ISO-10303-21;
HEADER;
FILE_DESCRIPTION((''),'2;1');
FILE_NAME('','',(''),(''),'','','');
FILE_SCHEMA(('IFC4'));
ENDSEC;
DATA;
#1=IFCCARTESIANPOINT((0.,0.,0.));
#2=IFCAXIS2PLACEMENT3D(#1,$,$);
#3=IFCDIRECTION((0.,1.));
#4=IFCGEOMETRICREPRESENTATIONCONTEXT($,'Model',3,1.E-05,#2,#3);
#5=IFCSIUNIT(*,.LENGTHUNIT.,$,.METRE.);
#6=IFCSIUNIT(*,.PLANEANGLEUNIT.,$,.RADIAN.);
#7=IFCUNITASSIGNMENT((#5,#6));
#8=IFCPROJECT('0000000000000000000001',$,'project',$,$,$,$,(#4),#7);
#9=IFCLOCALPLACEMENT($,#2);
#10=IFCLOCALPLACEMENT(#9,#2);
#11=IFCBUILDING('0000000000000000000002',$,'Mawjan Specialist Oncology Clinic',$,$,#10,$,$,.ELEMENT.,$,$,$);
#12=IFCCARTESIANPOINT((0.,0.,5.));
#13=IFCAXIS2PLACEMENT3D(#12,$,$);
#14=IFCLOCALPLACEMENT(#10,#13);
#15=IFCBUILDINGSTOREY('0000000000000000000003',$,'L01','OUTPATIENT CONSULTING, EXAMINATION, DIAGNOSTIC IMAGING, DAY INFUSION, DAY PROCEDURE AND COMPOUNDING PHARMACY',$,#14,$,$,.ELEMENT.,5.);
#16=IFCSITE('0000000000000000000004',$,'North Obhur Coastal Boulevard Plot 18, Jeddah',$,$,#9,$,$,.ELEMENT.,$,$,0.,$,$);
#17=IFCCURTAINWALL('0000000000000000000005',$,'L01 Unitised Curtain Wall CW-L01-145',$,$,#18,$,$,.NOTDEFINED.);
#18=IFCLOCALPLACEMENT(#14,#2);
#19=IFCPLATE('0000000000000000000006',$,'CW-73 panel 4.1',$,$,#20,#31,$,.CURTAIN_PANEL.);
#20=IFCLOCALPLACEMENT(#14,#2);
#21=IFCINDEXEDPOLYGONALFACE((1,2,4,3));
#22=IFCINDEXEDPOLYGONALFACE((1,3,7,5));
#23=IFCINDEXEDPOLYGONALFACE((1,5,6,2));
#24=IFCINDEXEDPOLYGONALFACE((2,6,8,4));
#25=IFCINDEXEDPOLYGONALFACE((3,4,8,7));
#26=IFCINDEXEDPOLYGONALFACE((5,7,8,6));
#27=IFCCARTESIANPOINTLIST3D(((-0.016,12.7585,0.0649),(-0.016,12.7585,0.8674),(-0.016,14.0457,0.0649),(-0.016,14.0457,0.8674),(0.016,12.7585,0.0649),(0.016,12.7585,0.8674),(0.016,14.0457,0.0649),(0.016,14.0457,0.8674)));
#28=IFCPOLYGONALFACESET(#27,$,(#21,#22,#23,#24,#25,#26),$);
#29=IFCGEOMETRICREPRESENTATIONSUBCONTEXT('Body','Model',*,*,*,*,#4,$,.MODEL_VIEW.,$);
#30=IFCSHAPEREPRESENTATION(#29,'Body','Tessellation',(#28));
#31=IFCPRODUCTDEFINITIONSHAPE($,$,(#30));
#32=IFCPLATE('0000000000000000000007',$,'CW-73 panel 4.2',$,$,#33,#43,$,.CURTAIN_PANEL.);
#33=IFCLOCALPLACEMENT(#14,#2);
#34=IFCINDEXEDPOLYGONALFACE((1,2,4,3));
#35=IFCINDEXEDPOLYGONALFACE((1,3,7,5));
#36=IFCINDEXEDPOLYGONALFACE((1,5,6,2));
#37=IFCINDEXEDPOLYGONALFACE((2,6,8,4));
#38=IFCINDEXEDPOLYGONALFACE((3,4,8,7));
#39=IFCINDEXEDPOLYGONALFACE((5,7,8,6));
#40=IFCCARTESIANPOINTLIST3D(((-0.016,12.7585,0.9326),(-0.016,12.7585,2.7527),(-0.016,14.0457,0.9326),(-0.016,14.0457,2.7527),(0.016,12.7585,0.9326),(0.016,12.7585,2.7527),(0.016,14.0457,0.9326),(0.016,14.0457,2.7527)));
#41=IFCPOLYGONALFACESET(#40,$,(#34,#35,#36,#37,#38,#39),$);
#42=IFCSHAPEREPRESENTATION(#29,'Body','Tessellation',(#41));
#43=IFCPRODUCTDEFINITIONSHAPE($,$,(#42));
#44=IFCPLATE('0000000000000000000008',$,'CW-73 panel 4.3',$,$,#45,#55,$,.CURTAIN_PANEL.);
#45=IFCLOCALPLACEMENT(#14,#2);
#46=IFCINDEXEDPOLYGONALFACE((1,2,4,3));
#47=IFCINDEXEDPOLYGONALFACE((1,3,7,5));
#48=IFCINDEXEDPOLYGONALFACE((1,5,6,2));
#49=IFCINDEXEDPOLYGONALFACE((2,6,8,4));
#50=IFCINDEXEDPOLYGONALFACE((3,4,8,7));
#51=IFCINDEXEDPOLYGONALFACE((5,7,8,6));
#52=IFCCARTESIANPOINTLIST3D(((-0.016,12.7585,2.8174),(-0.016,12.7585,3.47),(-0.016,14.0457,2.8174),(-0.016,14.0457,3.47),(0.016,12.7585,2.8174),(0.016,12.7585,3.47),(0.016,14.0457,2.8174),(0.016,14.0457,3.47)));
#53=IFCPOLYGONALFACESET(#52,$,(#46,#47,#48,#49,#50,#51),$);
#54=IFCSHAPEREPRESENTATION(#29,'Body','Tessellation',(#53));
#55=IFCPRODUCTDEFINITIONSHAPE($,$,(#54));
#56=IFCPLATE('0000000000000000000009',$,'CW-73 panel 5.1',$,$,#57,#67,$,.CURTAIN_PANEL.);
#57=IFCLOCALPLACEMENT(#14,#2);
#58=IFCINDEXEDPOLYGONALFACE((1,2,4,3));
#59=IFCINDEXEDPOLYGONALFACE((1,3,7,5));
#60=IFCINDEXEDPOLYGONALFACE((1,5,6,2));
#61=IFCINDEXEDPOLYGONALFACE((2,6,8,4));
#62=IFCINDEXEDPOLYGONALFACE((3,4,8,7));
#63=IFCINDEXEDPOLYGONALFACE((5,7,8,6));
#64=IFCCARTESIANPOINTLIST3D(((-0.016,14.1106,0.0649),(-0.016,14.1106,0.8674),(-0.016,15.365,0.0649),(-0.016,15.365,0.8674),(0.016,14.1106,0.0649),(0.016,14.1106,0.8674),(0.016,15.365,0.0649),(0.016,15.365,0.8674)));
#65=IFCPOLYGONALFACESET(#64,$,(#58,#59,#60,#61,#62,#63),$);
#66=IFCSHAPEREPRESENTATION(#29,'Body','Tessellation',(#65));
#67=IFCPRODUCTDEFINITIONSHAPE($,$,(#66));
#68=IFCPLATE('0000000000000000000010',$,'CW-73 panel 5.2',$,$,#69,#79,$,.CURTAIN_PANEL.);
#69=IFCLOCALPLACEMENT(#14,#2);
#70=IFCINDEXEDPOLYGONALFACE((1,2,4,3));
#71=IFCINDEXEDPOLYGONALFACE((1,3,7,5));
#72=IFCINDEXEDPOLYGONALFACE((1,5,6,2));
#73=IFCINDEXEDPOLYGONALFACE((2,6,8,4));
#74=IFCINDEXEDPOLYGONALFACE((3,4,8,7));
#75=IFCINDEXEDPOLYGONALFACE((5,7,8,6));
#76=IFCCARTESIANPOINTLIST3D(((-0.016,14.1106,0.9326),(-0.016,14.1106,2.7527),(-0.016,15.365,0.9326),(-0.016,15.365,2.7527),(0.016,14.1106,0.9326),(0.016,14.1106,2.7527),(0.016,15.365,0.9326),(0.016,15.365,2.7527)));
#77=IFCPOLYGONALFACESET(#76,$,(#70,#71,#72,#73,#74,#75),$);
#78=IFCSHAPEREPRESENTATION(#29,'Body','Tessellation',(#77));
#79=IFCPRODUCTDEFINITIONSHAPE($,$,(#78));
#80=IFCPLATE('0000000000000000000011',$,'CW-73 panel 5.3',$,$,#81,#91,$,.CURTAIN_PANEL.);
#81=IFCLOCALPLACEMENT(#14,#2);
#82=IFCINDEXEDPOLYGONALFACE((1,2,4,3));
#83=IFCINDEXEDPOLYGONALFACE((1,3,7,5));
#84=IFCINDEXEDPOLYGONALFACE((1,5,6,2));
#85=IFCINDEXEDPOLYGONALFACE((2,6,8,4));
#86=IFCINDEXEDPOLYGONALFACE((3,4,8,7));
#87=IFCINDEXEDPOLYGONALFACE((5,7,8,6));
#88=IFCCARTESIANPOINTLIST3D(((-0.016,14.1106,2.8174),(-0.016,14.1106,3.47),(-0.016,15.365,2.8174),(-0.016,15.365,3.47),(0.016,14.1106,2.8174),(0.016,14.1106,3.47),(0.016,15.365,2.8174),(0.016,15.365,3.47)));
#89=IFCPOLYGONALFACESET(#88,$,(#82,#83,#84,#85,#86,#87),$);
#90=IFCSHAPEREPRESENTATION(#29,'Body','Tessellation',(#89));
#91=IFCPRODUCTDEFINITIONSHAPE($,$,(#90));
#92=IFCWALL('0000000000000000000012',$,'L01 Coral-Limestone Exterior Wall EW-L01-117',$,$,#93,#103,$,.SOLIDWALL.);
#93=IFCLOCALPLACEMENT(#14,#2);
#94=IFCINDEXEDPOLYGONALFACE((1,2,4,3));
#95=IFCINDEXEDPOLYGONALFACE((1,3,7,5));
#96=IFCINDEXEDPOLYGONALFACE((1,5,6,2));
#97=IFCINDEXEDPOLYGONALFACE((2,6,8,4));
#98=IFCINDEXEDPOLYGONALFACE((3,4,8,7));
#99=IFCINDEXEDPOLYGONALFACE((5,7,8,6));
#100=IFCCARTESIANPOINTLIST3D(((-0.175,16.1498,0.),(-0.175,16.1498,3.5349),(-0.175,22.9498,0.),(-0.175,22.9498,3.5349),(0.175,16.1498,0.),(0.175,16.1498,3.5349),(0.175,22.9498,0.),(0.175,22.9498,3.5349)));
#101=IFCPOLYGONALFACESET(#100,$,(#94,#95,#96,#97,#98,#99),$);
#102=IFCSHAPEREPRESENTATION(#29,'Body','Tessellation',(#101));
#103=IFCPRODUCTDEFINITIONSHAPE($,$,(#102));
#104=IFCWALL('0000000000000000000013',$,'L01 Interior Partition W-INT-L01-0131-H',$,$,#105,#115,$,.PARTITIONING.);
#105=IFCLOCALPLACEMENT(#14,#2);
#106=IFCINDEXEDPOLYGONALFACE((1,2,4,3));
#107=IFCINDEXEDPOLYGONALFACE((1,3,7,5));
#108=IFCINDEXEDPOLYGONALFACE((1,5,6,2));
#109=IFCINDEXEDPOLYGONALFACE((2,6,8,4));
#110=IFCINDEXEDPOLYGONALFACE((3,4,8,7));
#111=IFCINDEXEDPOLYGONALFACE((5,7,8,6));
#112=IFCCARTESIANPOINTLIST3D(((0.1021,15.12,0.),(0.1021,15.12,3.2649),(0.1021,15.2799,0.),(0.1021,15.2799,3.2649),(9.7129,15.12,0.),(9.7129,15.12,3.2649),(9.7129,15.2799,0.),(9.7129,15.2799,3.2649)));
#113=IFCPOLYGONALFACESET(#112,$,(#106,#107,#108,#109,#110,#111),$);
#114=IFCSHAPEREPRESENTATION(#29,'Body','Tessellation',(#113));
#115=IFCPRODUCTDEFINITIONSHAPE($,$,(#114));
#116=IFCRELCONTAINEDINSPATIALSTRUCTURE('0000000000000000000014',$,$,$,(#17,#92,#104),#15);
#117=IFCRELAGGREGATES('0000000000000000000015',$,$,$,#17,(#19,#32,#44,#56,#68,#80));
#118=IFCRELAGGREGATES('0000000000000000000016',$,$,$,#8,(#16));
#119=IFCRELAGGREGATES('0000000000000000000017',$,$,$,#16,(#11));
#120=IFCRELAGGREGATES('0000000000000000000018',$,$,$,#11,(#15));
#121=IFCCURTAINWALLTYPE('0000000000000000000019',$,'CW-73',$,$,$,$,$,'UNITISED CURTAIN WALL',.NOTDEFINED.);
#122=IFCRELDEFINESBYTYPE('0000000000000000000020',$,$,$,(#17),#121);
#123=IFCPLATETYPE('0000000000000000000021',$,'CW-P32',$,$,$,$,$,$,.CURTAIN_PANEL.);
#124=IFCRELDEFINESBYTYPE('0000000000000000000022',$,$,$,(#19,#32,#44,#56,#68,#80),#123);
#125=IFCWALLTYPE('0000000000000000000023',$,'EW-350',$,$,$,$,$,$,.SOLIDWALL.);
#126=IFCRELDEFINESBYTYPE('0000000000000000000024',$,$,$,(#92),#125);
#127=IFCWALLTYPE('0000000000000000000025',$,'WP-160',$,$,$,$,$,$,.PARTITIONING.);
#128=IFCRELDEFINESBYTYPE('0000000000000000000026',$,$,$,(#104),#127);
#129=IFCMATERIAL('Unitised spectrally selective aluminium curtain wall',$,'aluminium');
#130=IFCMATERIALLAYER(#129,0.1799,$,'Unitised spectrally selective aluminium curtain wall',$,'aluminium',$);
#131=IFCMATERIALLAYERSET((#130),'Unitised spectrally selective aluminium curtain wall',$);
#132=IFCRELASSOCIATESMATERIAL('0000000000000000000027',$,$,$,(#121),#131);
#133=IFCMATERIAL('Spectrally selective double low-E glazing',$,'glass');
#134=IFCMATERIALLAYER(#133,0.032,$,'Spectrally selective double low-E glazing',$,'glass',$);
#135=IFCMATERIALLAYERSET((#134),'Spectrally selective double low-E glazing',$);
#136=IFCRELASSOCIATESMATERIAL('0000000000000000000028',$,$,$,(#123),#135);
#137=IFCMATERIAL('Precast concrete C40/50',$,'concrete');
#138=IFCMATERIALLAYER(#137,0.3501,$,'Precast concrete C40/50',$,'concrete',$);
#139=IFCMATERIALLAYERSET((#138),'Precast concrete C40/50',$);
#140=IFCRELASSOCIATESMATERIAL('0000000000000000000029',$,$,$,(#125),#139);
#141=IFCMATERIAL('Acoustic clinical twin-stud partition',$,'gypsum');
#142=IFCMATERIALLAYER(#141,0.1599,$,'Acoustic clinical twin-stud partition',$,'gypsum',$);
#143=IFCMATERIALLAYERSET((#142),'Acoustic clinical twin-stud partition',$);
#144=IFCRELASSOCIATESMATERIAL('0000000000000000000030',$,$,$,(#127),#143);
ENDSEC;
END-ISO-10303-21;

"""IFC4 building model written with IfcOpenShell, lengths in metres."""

from ifc_helpers import new_model, si_unit, direction, frame, frame_2d, origin, origin_2d, place, context, subcontext, project, spatial, rectangle, extrude, material, layer, layer_set, type_object, element, aggregate, save


model = new_model("IFC4")

# Units and contexts
model_context = context("Model", 3, precision=1e-05, world=origin(), true_north=direction((0.0, 1.0)))
body_context = subcontext(model_context, "Body", "Model", "MODEL_VIEW")
ifc_project = project(units=[si_unit("LENGTHUNIT", "METRE"), si_unit("PLANEANGLEUNIT", "RADIAN")], contexts=[model_context])

# Site, building, storey
site_placement = place(None, origin())
site = spatial("IfcSite", under=ifc_project, at=site_placement, Name="North Obhur Coastal Boulevard Plot 18, Jeddah", CompositionType="ELEMENT", RefElevation=0.0)
building_placement = place(site_placement, origin())
building = spatial("IfcBuilding", under=site, at=building_placement, Name="Mawjan Specialist Oncology Clinic", CompositionType="ELEMENT")
storey_placement = place(building_placement, frame((0.0, 0.0, 5.0)))
storey = spatial("IfcBuildingStorey", under=building, at=storey_placement, Name="L01", Description="OUTPATIENT CONSULTING, EXAMINATION, DIAGNOSTIC IMAGING, DAY INFUSION, DAY PROCEDURE AND COMPOUNDING PHARMACY", CompositionType="ELEMENT", Elevation=5.0)

# Curtain wall
ifc_material_1 = material(Name="Unitised spectrally selective aluminium curtain wall", Category="aluminium")
ifc_layer_1 = layer(ifc_material_1, 0.1799, Name="Unitised spectrally selective aluminium curtain wall", Category="aluminium")
ifc_layer_set_1 = layer_set([ifc_layer_1], Name="Unitised spectrally selective aluminium curtain wall")
curtain_wall_type = type_object("IfcCurtainWallType", Name="CW-73", ElementType="UNITISED CURTAIN WALL", PredefinedType="NOTDEFINED", material=ifc_layer_set_1)
curtain_wall_placement = place(storey_placement, origin())
curtain_wall = element("IfcCurtainWall", 1, at=curtain_wall_placement, inside=storey, type_object=curtain_wall_type, Name="L01 Unitised Curtain Wall CW-L01-145", PredefinedType="NOTDEFINED")

# Plates
ifc_material_2 = material(Name="Spectrally selective double low-E glazing", Category="glass")
ifc_layer_2 = layer(ifc_material_2, 0.032, Name="Spectrally selective double low-E glazing", Category="glass")
ifc_layer_set_2 = layer_set([ifc_layer_2], Name="Spectrally selective double low-E glazing")
plate_type = type_object("IfcPlateType", Name="CW-P32", PredefinedType="CURTAIN_PANEL", material=ifc_layer_set_2)
plate_1_placement = place(storey_placement, frame((0.0, 13.4021, 0.0649), z_axis=(0.0, 0.0, 1.0), x_axis=(0.0, 1.0, 0.0)))
plate_1 = element("IfcPlate", 2, at=plate_1_placement, type_object=plate_type, Name="CW-73 panel 4.1", PredefinedType="CURTAIN_PANEL", context=body_context, shape_type="SweptSolid", body=[
    extrude(rectangle(XDim=1.2871, YDim=0.032, at=origin_2d()), origin(), (0.0, 0.0, 1.0), 0.8025),
])
plate_2_placement = place(storey_placement, frame((0.0, 13.4021, 0.9326), z_axis=(0.0, 0.0, 1.0), x_axis=(0.0, 1.0, 0.0)))
plate_2 = element("IfcPlate", 3, at=plate_2_placement, type_object=plate_type, Name="CW-73 panel 4.2", PredefinedType="CURTAIN_PANEL", context=body_context, shape_type="SweptSolid", body=[
    extrude(rectangle(XDim=1.2871, YDim=0.032, at=origin_2d()), origin(), (0.0, 0.0, 1.0), 1.8201),
])
plate_3_placement = place(storey_placement, frame((0.0, 13.4021, 2.8174), z_axis=(0.0, 0.0, 1.0), x_axis=(0.0, 1.0, 0.0)))
plate_3 = element("IfcPlate", 4, at=plate_3_placement, type_object=plate_type, Name="CW-73 panel 4.3", PredefinedType="CURTAIN_PANEL", context=body_context, shape_type="SweptSolid", body=[
    extrude(rectangle(XDim=1.2871, YDim=0.032, at=origin_2d()), origin(), (0.0, 0.0, 1.0), 0.6526),
])
plate_4_placement = place(storey_placement, frame((0.0, 14.7378, 0.0649), z_axis=(0.0, 0.0, 1.0), x_axis=(0.0, 1.0, 0.0)))
plate_4 = element("IfcPlate", 5, at=plate_4_placement, type_object=plate_type, Name="CW-73 panel 5.1", PredefinedType="CURTAIN_PANEL", context=body_context, shape_type="SweptSolid", body=[
    extrude(rectangle(XDim=1.2544, YDim=0.032, at=origin_2d()), origin(), (0.0, 0.0, 1.0), 0.8025),
])
plate_5_placement = place(storey_placement, frame((0.0, 14.7378, 0.9326), z_axis=(0.0, 0.0, 1.0), x_axis=(0.0, 1.0, 0.0)))
plate_5 = element("IfcPlate", 6, at=plate_5_placement, type_object=plate_type, Name="CW-73 panel 5.2", PredefinedType="CURTAIN_PANEL", context=body_context, shape_type="SweptSolid", body=[
    extrude(rectangle(XDim=1.2544, YDim=0.032, at=origin_2d()), origin(), (0.0, 0.0, 1.0), 1.8201),
])
plate_6_placement = place(storey_placement, frame((0.0, 14.7378, 2.8174), z_axis=(0.0, 0.0, 1.0), x_axis=(0.0, 1.0, 0.0)))
plate_6 = element("IfcPlate", 7, at=plate_6_placement, type_object=plate_type, Name="CW-73 panel 5.3", PredefinedType="CURTAIN_PANEL", context=body_context, shape_type="SweptSolid", body=[
    extrude(rectangle(XDim=1.2544, YDim=0.032, at=origin_2d()), origin(), (0.0, 0.0, 1.0), 0.6526),
])
aggregate(curtain_wall, [plate_1, plate_2, plate_3, plate_4, plate_5, plate_6])

# Walls
ifc_material_3 = material(Name="Precast concrete C40/50", Category="concrete")
ifc_layer_3 = layer(ifc_material_3, 0.3501, Name="Precast concrete C40/50", Category="concrete")
ifc_layer_set_3 = layer_set([ifc_layer_3], Name="Precast concrete C40/50")
wall_type_1 = type_object("IfcWallType", Name="EW-350", PredefinedType="SOLIDWALL", material=ifc_layer_set_3)
wall_1_placement = place(storey_placement, frame((0.0, 16.1499, 0.0), z_axis=(0.0, 0.0, 1.0), x_axis=(0.0, 1.0, 0.0)))
element("IfcWall", 8, at=wall_1_placement, inside=storey, type_object=wall_type_1, Name="L01 Coral-Limestone Exterior Wall EW-L01-117", PredefinedType="SOLIDWALL", context=body_context, shape_type="SweptSolid", body=[
    extrude(rectangle(XDim=6.8, YDim=0.3501, at=frame_2d((3.3999, 0.0))), origin(), (0.0, 0.0, 1.0), 3.5349),
])
ifc_material_4 = material(Name="Acoustic clinical twin-stud partition", Category="gypsum")
ifc_layer_4 = layer(ifc_material_4, 0.1599, Name="Acoustic clinical twin-stud partition", Category="gypsum")
ifc_layer_set_4 = layer_set([ifc_layer_4], Name="Acoustic clinical twin-stud partition")
wall_type_2 = type_object("IfcWallType", Name="WP-160", PredefinedType="PARTITIONING", material=ifc_layer_set_4)
wall_2_placement = place(storey_placement, frame((0.1021, 15.2, 0.0), z_axis=(0.0, 0.0, 1.0), x_axis=(1.0, 0.0, 0.0)))
element("IfcWall", 9, at=wall_2_placement, inside=storey, type_object=wall_type_2, Name="L01 Interior Partition W-INT-L01-0131-H", PredefinedType="PARTITIONING", context=body_context, shape_type="SweptSolid", body=[
    extrude(rectangle(XDim=9.6108, YDim=0.1599, at=frame_2d((4.8054, 0.0))), origin(), (0.0, 0.0, 1.0), 3.2649),
])

save(model, "model.ifc")
